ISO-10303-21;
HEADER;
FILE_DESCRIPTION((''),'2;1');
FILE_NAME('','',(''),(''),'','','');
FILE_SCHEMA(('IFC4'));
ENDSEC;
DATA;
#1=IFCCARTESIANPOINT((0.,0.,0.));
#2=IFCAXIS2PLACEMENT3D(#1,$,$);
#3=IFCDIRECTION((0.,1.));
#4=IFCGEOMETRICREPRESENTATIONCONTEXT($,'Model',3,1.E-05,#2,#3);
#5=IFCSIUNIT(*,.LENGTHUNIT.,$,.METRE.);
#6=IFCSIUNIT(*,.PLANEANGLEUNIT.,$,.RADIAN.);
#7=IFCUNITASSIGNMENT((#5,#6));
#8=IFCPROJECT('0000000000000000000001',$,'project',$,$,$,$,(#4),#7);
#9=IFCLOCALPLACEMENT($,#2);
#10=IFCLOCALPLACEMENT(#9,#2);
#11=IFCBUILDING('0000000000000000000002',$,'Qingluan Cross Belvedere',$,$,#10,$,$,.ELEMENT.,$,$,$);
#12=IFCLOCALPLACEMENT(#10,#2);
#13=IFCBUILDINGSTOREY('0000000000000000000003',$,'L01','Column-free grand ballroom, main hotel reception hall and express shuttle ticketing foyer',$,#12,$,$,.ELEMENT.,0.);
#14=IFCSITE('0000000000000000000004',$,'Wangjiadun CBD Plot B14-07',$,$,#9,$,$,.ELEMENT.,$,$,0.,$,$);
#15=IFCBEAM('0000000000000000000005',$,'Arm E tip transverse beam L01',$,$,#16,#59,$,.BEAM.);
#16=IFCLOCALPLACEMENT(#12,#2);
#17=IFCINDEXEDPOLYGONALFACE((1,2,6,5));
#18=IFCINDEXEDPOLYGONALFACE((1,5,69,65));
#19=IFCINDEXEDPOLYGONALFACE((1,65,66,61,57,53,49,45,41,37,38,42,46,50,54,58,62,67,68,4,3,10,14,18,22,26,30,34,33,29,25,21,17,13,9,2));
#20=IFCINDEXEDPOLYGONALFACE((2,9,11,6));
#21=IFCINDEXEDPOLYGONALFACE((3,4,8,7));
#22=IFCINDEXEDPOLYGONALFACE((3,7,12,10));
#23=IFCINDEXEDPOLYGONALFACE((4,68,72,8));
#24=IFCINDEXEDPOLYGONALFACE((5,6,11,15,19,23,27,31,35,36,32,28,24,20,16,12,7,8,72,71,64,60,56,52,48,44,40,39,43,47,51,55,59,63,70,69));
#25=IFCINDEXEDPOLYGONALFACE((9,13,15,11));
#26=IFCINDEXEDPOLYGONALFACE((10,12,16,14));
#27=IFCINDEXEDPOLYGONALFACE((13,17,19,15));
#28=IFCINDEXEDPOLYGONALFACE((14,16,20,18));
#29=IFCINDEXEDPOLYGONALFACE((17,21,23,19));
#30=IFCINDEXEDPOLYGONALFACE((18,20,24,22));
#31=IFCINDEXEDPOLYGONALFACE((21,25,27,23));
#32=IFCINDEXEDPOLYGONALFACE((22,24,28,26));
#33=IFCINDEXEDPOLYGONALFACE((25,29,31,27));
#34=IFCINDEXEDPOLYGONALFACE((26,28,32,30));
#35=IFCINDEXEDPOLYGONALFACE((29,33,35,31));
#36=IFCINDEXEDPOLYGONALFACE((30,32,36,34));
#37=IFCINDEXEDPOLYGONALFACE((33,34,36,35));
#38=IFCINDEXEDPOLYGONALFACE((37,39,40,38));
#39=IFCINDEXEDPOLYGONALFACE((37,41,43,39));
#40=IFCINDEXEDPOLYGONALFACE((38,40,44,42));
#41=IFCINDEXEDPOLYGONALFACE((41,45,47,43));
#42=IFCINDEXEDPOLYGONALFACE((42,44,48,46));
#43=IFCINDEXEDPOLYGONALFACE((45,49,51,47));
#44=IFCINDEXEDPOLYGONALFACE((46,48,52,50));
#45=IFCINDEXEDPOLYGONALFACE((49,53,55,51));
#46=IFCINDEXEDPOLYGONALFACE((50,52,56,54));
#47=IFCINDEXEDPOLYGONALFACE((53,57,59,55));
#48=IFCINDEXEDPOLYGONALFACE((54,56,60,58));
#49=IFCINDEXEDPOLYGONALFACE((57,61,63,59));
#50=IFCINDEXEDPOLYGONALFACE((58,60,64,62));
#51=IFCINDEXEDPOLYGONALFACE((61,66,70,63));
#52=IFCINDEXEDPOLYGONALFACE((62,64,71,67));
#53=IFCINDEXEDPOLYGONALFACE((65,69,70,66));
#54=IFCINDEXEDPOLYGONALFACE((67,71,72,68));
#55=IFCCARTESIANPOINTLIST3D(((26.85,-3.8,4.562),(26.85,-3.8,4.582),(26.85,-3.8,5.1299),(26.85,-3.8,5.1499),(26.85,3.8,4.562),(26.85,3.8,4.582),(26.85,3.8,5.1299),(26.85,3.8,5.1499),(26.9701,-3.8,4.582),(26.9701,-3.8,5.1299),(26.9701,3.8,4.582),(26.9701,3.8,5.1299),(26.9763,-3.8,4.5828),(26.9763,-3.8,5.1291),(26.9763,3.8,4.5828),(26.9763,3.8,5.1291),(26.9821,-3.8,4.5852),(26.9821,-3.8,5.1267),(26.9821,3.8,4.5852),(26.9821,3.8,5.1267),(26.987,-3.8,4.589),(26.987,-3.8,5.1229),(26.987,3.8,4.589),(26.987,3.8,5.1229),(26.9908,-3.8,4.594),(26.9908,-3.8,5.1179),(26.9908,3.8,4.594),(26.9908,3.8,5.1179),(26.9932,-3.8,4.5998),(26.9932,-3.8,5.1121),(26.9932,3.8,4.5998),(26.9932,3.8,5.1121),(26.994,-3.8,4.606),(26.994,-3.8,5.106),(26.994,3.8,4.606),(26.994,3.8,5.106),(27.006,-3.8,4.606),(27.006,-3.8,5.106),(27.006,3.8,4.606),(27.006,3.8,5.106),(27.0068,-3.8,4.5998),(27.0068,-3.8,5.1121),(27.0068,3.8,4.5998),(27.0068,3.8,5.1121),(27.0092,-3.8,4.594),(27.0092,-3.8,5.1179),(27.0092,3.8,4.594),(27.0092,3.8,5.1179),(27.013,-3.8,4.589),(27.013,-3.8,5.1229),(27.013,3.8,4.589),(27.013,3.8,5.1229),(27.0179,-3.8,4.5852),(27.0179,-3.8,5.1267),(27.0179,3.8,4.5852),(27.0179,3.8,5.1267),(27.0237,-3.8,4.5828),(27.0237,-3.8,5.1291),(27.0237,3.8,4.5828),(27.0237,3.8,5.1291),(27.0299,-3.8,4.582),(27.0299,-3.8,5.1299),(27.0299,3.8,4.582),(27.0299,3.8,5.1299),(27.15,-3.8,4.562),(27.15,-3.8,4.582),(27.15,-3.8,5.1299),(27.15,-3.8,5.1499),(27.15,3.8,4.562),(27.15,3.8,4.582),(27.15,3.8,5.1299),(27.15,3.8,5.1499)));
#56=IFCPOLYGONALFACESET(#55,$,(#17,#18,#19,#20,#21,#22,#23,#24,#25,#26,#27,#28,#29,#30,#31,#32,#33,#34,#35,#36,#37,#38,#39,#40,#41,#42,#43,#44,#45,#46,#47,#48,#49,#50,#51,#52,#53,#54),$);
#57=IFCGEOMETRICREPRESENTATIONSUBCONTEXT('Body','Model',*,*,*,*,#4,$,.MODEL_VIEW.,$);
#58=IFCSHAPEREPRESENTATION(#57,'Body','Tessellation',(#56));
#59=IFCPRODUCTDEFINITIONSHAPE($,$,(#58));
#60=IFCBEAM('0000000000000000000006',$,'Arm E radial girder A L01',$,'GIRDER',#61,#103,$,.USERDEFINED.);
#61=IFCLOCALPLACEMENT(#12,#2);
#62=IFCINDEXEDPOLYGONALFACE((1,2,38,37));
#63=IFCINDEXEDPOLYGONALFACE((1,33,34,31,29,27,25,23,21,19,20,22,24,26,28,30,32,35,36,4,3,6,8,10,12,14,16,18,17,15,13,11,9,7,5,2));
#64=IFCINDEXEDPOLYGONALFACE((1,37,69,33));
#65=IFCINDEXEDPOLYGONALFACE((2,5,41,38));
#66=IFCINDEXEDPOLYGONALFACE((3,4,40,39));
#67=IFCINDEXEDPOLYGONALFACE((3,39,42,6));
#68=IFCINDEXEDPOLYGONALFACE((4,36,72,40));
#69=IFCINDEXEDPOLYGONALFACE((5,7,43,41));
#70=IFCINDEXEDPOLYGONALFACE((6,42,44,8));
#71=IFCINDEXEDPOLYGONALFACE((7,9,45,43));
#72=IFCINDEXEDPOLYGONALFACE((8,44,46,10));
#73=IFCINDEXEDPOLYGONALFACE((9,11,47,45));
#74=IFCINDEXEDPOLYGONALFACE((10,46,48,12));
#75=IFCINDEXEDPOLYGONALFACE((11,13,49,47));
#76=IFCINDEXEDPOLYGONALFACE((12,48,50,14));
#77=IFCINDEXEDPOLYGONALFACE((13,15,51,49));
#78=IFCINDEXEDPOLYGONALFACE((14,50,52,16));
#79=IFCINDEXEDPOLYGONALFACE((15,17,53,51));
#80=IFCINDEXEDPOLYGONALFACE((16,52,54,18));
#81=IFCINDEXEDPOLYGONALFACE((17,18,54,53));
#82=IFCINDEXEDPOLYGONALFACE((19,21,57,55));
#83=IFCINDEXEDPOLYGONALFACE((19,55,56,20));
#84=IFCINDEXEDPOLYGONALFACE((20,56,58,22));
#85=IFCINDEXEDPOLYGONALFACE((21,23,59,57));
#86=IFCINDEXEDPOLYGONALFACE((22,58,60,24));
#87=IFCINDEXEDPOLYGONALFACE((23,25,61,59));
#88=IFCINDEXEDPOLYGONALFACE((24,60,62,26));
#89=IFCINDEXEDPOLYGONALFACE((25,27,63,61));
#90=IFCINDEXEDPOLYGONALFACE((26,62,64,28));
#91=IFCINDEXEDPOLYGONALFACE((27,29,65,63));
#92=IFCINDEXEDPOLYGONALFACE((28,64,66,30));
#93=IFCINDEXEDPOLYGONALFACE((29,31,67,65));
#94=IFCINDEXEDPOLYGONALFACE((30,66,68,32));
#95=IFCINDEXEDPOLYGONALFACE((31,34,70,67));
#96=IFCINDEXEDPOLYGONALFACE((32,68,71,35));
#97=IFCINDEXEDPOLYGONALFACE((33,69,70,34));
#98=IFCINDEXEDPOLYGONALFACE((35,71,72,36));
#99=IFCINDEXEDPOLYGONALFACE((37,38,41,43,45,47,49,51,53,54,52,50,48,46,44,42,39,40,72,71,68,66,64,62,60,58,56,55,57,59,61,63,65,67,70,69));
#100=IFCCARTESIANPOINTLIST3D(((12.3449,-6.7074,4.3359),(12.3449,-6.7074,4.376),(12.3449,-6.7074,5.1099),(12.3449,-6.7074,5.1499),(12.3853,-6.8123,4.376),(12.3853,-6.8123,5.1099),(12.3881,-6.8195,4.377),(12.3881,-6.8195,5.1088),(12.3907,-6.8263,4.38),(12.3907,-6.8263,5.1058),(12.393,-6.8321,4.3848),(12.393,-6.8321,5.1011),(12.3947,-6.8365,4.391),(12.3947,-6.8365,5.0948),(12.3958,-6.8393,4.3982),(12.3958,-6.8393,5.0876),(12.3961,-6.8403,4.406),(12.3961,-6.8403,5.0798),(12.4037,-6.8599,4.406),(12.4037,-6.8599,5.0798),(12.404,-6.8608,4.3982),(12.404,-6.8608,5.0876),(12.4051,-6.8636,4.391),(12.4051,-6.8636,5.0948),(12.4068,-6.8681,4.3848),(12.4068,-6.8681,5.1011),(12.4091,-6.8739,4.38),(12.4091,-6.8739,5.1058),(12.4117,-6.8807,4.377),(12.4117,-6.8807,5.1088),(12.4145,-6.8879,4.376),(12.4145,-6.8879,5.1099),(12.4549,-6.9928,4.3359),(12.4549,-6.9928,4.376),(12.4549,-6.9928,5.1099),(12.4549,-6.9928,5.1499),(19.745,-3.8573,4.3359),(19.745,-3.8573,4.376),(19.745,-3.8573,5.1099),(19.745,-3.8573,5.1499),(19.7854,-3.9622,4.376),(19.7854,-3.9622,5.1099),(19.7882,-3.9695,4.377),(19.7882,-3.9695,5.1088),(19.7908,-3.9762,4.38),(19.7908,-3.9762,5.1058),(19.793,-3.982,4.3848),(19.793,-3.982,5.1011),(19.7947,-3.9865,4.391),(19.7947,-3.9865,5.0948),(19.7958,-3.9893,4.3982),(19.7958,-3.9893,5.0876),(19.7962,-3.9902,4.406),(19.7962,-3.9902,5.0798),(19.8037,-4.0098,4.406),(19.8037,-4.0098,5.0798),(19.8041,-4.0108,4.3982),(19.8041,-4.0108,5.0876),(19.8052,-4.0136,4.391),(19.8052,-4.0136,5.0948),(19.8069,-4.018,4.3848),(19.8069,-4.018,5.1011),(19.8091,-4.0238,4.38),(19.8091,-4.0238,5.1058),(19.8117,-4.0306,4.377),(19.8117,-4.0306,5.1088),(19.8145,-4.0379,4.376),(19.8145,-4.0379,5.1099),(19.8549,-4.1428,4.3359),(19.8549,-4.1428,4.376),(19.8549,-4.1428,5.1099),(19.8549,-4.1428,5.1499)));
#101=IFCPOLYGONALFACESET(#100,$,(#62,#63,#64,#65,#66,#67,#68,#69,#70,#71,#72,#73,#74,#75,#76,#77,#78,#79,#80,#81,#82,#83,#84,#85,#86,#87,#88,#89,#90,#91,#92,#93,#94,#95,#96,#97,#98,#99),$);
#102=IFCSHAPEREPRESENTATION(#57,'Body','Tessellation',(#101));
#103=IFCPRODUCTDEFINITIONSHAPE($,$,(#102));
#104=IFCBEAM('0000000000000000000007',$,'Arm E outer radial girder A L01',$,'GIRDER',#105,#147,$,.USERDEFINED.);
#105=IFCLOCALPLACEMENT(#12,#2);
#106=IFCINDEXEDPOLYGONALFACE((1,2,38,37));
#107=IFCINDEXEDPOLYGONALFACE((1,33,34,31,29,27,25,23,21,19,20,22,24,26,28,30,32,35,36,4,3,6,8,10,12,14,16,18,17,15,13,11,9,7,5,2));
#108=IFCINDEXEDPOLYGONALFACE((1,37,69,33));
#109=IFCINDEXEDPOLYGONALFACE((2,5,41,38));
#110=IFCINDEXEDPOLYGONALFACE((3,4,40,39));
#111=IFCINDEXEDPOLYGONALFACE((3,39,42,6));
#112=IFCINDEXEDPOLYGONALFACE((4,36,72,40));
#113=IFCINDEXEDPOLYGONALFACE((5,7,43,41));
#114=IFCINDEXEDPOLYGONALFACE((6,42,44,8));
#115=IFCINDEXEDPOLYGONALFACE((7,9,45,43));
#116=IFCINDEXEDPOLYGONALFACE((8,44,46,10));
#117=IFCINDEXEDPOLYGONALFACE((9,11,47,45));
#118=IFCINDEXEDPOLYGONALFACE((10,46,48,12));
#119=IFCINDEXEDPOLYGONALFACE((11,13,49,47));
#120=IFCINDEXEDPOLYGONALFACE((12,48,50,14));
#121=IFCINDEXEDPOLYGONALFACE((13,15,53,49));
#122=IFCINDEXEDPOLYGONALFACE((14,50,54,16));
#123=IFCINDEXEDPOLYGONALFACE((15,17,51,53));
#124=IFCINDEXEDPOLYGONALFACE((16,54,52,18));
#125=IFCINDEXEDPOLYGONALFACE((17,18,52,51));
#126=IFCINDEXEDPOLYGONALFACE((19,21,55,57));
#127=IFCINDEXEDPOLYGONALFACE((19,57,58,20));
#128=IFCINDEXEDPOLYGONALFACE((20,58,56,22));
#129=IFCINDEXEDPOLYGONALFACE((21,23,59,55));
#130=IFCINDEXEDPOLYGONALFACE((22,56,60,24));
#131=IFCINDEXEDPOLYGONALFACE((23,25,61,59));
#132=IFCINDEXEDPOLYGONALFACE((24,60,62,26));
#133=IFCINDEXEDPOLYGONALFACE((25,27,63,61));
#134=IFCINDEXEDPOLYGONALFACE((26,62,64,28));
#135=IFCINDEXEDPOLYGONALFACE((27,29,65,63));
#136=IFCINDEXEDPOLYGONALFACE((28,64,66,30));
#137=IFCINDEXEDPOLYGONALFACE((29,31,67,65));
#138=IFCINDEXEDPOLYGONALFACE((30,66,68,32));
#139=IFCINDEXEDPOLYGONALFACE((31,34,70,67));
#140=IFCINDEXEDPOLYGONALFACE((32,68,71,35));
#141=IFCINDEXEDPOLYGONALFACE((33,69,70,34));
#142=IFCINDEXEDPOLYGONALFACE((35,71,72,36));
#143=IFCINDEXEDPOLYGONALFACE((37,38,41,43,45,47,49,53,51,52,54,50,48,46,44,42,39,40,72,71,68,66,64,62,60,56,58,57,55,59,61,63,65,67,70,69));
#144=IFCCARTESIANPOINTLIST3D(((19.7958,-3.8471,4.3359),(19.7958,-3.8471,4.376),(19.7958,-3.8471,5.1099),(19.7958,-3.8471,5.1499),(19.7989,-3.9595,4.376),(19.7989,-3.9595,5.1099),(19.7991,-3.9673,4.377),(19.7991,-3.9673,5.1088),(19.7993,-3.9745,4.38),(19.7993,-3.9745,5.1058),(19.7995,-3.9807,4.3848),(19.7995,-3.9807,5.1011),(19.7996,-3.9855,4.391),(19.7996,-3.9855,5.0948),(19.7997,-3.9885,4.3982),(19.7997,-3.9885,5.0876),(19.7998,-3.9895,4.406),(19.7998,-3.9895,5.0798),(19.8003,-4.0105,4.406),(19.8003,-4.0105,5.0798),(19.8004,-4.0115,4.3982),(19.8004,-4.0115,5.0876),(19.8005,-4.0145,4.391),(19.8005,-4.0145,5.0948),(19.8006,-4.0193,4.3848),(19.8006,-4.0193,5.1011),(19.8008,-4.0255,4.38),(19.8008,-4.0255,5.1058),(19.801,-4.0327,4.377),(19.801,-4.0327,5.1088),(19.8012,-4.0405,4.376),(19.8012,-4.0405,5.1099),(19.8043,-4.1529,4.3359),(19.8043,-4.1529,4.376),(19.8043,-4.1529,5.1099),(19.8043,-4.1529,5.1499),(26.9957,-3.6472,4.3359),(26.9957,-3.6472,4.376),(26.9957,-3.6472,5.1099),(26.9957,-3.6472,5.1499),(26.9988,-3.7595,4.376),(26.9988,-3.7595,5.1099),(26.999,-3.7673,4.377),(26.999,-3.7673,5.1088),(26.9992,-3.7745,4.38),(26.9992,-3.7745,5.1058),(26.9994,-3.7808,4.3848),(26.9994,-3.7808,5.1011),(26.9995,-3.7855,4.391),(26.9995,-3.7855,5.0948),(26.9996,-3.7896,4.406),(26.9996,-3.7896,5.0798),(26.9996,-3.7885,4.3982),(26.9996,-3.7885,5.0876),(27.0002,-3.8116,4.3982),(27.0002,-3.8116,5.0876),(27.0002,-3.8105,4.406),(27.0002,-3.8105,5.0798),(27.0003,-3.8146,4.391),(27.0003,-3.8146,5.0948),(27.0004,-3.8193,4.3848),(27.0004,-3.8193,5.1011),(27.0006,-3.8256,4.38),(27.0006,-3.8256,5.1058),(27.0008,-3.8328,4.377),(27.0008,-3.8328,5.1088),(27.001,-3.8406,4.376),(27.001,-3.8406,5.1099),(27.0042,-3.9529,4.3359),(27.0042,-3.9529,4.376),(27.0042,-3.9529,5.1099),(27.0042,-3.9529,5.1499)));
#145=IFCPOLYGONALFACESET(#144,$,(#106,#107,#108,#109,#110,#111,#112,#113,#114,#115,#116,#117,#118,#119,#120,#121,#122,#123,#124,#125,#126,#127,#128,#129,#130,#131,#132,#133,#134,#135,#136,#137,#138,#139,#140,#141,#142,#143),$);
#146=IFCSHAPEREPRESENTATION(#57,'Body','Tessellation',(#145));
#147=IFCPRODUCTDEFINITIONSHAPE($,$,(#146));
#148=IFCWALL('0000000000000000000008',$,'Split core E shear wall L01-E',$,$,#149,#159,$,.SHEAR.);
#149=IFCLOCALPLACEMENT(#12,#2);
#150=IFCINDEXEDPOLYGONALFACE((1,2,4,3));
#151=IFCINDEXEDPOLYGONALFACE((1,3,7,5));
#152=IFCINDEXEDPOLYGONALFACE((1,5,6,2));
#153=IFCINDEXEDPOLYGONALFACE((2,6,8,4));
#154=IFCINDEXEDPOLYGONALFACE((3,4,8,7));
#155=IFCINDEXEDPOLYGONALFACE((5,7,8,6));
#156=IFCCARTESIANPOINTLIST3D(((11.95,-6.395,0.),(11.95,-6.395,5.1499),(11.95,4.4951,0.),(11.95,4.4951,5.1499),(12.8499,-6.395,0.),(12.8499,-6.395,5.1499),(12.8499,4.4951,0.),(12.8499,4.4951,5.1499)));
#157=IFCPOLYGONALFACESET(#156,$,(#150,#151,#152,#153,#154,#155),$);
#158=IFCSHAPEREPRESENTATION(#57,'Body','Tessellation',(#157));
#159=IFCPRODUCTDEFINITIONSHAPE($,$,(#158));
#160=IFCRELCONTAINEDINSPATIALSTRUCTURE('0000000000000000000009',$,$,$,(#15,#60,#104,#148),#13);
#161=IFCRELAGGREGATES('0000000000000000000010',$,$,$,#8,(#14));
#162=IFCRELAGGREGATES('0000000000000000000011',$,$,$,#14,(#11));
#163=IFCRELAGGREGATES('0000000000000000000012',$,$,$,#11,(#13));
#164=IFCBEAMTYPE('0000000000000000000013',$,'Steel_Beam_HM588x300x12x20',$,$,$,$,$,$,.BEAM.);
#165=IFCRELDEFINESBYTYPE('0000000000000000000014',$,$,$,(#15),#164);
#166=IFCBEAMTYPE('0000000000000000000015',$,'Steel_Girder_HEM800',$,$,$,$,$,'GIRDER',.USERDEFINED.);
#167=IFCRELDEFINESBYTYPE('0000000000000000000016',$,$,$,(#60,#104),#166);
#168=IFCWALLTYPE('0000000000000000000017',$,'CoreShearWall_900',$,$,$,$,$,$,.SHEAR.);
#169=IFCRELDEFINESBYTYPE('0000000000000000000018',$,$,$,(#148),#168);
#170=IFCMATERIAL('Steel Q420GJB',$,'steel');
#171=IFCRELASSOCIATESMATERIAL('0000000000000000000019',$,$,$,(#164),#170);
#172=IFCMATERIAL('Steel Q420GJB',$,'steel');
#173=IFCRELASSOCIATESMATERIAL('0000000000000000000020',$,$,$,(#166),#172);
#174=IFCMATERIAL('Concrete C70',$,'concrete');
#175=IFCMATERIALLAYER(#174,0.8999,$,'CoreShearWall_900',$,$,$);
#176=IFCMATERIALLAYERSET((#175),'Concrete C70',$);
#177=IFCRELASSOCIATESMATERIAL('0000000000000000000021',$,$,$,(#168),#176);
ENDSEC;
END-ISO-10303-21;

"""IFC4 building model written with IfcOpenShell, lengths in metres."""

from ifc_helpers import new_model, si_unit, direction, frame, frame_2d, origin, origin_2d, place, context, subcontext, project, spatial, rectangle, i_section, extrude, material, layer, layer_set, material_profile, profile_set, type_object, element, save


model = new_model("IFC4")

# Units and contexts
model_context = context("Model", 3, precision=1e-05, world=origin(), true_north=direction((0.0, 1.0)))
body_context = subcontext(model_context, "Body", "Model", "MODEL_VIEW")
ifc_project = project(units=[si_unit("LENGTHUNIT", "METRE"), si_unit("PLANEANGLEUNIT", "RADIAN")], contexts=[model_context])

# Site, building, storey
site_placement = place(None, origin())
site = spatial("IfcSite", under=ifc_project, at=site_placement, Name="Wangjiadun CBD Plot B14-07", CompositionType="ELEMENT", RefElevation=0.0)
building_placement = place(site_placement, origin())
building = spatial("IfcBuilding", under=site, at=building_placement, Name="Qingluan Cross Belvedere", CompositionType="ELEMENT")
storey_placement = place(building_placement, origin())
storey = spatial("IfcBuildingStorey", under=building, at=storey_placement, Name="L01", Description="Column-free grand ballroom, main hotel reception hall and express shuttle ticketing foyer", CompositionType="ELEMENT", Elevation=0.0)

# Beams
ifc_material_1 = material(Name="Steel Q420GJB", Category="steel")
ifc_material_profile_1 = material_profile(ifc_material_1, i_section(OverallWidth=0.3, OverallDepth=0.5879, WebThickness=0.012, FlangeThickness=0.02, FilletRadius=0.0239, at=origin_2d()), Name="HM588x300x12x20")
ifc_profile_set_1 = profile_set([ifc_material_profile_1], Name="Steel Q420GJB")
beam_type_1 = type_object("IfcBeamType", Name="Steel_Beam_HM588x300x12x20", PredefinedType="BEAM", material=ifc_profile_set_1)
beam_1_placement = place(storey_placement, frame((27.0, -3.8, 4.856), z_axis=(0.0, 1.0, 0.0), x_axis=(-1.0, 0.0, 0.0)))
element("IfcBeam", 1, at=beam_1_placement, inside=storey, type_object=beam_type_1, Name="Arm E tip transverse beam L01", PredefinedType="BEAM", context=body_context, shape_type="SweptSolid", body=[
    extrude(i_section(OverallWidth=0.3, OverallDepth=0.5879, WebThickness=0.012, FlangeThickness=0.02, FilletRadius=0.0239, at=origin_2d()), origin(), (0.0, 0.0, 1.0), 7.6001),
])
ifc_material_2 = material(Name="Steel Q420GJB", Category="steel")
ifc_material_profile_2 = material_profile(ifc_material_2, i_section(OverallWidth=0.3059, OverallDepth=0.814, WebThickness=0.021, FlangeThickness=0.04, FilletRadius=0.03, at=origin_2d()), Name="HEM800")
ifc_profile_set_2 = profile_set([ifc_material_profile_2], Name="Steel Q420GJB")
beam_type_2 = type_object("IfcBeamType", Name="Steel_Girder_HEM800", ElementType="GIRDER", PredefinedType="USERDEFINED", material=ifc_profile_set_2)
beam_2_placement = place(storey_placement, frame((12.3999, -6.8501, 4.7429), z_axis=(0.933181, 0.359406, 0.0), x_axis=(-0.359406, 0.933181, 0.0)))
element("IfcBeam", 2, at=beam_2_placement, inside=storey, type_object=beam_type_2, Name="Arm E radial girder A L01", ObjectType="GIRDER", PredefinedType="USERDEFINED", context=body_context, shape_type="SweptSolid", body=[
    extrude(i_section(OverallWidth=0.3059, OverallDepth=0.814, WebThickness=0.021, FlangeThickness=0.04, FilletRadius=0.03, at=origin_2d()), origin(), (0.0, 0.0, 1.0), 7.9299),
])
beam_3_placement = place(storey_placement, frame((19.8, -4.0, 4.7429), z_axis=(0.999615, 0.02776, 0.0), x_axis=(-0.02776, 0.999615, 0.0)))
element("IfcBeam", 3, at=beam_3_placement, inside=storey, type_object=beam_type_2, Name="Arm E outer radial girder A L01", ObjectType="GIRDER", PredefinedType="USERDEFINED", context=body_context, shape_type="SweptSolid", body=[
    extrude(i_section(OverallWidth=0.3059, OverallDepth=0.814, WebThickness=0.021, FlangeThickness=0.04, FilletRadius=0.03, at=origin_2d()), origin(), (0.0, 0.0, 1.0), 7.2026),
])

# Wall
ifc_material_3 = material(Name="Concrete C70", Category="concrete")
ifc_layer_1 = layer(ifc_material_3, 0.8999, Name="CoreShearWall_900")
ifc_layer_set_1 = layer_set([ifc_layer_1], Name="Concrete C70")
wall_type_1 = type_object("IfcWallType", Name="CoreShearWall_900", PredefinedType="SHEAR", material=ifc_layer_set_1)
wall_1_placement = place(storey_placement, frame((12.3999, -6.395, 0.0), z_axis=(0.0, 0.0, 1.0), x_axis=(0.0, 1.0, 0.0)))
element("IfcWall", 4, at=wall_1_placement, inside=storey, type_object=wall_type_1, Name="Split core E shear wall L01-E", PredefinedType="SHEAR", context=body_context, shape_type="SweptSolid", body=[
    extrude(rectangle(XDim=10.8901, YDim=0.8999, at=frame_2d((5.4451, 0.0))), origin(), (0.0, 0.0, 1.0), 5.1499),
])

save(model, "model.ifc")
